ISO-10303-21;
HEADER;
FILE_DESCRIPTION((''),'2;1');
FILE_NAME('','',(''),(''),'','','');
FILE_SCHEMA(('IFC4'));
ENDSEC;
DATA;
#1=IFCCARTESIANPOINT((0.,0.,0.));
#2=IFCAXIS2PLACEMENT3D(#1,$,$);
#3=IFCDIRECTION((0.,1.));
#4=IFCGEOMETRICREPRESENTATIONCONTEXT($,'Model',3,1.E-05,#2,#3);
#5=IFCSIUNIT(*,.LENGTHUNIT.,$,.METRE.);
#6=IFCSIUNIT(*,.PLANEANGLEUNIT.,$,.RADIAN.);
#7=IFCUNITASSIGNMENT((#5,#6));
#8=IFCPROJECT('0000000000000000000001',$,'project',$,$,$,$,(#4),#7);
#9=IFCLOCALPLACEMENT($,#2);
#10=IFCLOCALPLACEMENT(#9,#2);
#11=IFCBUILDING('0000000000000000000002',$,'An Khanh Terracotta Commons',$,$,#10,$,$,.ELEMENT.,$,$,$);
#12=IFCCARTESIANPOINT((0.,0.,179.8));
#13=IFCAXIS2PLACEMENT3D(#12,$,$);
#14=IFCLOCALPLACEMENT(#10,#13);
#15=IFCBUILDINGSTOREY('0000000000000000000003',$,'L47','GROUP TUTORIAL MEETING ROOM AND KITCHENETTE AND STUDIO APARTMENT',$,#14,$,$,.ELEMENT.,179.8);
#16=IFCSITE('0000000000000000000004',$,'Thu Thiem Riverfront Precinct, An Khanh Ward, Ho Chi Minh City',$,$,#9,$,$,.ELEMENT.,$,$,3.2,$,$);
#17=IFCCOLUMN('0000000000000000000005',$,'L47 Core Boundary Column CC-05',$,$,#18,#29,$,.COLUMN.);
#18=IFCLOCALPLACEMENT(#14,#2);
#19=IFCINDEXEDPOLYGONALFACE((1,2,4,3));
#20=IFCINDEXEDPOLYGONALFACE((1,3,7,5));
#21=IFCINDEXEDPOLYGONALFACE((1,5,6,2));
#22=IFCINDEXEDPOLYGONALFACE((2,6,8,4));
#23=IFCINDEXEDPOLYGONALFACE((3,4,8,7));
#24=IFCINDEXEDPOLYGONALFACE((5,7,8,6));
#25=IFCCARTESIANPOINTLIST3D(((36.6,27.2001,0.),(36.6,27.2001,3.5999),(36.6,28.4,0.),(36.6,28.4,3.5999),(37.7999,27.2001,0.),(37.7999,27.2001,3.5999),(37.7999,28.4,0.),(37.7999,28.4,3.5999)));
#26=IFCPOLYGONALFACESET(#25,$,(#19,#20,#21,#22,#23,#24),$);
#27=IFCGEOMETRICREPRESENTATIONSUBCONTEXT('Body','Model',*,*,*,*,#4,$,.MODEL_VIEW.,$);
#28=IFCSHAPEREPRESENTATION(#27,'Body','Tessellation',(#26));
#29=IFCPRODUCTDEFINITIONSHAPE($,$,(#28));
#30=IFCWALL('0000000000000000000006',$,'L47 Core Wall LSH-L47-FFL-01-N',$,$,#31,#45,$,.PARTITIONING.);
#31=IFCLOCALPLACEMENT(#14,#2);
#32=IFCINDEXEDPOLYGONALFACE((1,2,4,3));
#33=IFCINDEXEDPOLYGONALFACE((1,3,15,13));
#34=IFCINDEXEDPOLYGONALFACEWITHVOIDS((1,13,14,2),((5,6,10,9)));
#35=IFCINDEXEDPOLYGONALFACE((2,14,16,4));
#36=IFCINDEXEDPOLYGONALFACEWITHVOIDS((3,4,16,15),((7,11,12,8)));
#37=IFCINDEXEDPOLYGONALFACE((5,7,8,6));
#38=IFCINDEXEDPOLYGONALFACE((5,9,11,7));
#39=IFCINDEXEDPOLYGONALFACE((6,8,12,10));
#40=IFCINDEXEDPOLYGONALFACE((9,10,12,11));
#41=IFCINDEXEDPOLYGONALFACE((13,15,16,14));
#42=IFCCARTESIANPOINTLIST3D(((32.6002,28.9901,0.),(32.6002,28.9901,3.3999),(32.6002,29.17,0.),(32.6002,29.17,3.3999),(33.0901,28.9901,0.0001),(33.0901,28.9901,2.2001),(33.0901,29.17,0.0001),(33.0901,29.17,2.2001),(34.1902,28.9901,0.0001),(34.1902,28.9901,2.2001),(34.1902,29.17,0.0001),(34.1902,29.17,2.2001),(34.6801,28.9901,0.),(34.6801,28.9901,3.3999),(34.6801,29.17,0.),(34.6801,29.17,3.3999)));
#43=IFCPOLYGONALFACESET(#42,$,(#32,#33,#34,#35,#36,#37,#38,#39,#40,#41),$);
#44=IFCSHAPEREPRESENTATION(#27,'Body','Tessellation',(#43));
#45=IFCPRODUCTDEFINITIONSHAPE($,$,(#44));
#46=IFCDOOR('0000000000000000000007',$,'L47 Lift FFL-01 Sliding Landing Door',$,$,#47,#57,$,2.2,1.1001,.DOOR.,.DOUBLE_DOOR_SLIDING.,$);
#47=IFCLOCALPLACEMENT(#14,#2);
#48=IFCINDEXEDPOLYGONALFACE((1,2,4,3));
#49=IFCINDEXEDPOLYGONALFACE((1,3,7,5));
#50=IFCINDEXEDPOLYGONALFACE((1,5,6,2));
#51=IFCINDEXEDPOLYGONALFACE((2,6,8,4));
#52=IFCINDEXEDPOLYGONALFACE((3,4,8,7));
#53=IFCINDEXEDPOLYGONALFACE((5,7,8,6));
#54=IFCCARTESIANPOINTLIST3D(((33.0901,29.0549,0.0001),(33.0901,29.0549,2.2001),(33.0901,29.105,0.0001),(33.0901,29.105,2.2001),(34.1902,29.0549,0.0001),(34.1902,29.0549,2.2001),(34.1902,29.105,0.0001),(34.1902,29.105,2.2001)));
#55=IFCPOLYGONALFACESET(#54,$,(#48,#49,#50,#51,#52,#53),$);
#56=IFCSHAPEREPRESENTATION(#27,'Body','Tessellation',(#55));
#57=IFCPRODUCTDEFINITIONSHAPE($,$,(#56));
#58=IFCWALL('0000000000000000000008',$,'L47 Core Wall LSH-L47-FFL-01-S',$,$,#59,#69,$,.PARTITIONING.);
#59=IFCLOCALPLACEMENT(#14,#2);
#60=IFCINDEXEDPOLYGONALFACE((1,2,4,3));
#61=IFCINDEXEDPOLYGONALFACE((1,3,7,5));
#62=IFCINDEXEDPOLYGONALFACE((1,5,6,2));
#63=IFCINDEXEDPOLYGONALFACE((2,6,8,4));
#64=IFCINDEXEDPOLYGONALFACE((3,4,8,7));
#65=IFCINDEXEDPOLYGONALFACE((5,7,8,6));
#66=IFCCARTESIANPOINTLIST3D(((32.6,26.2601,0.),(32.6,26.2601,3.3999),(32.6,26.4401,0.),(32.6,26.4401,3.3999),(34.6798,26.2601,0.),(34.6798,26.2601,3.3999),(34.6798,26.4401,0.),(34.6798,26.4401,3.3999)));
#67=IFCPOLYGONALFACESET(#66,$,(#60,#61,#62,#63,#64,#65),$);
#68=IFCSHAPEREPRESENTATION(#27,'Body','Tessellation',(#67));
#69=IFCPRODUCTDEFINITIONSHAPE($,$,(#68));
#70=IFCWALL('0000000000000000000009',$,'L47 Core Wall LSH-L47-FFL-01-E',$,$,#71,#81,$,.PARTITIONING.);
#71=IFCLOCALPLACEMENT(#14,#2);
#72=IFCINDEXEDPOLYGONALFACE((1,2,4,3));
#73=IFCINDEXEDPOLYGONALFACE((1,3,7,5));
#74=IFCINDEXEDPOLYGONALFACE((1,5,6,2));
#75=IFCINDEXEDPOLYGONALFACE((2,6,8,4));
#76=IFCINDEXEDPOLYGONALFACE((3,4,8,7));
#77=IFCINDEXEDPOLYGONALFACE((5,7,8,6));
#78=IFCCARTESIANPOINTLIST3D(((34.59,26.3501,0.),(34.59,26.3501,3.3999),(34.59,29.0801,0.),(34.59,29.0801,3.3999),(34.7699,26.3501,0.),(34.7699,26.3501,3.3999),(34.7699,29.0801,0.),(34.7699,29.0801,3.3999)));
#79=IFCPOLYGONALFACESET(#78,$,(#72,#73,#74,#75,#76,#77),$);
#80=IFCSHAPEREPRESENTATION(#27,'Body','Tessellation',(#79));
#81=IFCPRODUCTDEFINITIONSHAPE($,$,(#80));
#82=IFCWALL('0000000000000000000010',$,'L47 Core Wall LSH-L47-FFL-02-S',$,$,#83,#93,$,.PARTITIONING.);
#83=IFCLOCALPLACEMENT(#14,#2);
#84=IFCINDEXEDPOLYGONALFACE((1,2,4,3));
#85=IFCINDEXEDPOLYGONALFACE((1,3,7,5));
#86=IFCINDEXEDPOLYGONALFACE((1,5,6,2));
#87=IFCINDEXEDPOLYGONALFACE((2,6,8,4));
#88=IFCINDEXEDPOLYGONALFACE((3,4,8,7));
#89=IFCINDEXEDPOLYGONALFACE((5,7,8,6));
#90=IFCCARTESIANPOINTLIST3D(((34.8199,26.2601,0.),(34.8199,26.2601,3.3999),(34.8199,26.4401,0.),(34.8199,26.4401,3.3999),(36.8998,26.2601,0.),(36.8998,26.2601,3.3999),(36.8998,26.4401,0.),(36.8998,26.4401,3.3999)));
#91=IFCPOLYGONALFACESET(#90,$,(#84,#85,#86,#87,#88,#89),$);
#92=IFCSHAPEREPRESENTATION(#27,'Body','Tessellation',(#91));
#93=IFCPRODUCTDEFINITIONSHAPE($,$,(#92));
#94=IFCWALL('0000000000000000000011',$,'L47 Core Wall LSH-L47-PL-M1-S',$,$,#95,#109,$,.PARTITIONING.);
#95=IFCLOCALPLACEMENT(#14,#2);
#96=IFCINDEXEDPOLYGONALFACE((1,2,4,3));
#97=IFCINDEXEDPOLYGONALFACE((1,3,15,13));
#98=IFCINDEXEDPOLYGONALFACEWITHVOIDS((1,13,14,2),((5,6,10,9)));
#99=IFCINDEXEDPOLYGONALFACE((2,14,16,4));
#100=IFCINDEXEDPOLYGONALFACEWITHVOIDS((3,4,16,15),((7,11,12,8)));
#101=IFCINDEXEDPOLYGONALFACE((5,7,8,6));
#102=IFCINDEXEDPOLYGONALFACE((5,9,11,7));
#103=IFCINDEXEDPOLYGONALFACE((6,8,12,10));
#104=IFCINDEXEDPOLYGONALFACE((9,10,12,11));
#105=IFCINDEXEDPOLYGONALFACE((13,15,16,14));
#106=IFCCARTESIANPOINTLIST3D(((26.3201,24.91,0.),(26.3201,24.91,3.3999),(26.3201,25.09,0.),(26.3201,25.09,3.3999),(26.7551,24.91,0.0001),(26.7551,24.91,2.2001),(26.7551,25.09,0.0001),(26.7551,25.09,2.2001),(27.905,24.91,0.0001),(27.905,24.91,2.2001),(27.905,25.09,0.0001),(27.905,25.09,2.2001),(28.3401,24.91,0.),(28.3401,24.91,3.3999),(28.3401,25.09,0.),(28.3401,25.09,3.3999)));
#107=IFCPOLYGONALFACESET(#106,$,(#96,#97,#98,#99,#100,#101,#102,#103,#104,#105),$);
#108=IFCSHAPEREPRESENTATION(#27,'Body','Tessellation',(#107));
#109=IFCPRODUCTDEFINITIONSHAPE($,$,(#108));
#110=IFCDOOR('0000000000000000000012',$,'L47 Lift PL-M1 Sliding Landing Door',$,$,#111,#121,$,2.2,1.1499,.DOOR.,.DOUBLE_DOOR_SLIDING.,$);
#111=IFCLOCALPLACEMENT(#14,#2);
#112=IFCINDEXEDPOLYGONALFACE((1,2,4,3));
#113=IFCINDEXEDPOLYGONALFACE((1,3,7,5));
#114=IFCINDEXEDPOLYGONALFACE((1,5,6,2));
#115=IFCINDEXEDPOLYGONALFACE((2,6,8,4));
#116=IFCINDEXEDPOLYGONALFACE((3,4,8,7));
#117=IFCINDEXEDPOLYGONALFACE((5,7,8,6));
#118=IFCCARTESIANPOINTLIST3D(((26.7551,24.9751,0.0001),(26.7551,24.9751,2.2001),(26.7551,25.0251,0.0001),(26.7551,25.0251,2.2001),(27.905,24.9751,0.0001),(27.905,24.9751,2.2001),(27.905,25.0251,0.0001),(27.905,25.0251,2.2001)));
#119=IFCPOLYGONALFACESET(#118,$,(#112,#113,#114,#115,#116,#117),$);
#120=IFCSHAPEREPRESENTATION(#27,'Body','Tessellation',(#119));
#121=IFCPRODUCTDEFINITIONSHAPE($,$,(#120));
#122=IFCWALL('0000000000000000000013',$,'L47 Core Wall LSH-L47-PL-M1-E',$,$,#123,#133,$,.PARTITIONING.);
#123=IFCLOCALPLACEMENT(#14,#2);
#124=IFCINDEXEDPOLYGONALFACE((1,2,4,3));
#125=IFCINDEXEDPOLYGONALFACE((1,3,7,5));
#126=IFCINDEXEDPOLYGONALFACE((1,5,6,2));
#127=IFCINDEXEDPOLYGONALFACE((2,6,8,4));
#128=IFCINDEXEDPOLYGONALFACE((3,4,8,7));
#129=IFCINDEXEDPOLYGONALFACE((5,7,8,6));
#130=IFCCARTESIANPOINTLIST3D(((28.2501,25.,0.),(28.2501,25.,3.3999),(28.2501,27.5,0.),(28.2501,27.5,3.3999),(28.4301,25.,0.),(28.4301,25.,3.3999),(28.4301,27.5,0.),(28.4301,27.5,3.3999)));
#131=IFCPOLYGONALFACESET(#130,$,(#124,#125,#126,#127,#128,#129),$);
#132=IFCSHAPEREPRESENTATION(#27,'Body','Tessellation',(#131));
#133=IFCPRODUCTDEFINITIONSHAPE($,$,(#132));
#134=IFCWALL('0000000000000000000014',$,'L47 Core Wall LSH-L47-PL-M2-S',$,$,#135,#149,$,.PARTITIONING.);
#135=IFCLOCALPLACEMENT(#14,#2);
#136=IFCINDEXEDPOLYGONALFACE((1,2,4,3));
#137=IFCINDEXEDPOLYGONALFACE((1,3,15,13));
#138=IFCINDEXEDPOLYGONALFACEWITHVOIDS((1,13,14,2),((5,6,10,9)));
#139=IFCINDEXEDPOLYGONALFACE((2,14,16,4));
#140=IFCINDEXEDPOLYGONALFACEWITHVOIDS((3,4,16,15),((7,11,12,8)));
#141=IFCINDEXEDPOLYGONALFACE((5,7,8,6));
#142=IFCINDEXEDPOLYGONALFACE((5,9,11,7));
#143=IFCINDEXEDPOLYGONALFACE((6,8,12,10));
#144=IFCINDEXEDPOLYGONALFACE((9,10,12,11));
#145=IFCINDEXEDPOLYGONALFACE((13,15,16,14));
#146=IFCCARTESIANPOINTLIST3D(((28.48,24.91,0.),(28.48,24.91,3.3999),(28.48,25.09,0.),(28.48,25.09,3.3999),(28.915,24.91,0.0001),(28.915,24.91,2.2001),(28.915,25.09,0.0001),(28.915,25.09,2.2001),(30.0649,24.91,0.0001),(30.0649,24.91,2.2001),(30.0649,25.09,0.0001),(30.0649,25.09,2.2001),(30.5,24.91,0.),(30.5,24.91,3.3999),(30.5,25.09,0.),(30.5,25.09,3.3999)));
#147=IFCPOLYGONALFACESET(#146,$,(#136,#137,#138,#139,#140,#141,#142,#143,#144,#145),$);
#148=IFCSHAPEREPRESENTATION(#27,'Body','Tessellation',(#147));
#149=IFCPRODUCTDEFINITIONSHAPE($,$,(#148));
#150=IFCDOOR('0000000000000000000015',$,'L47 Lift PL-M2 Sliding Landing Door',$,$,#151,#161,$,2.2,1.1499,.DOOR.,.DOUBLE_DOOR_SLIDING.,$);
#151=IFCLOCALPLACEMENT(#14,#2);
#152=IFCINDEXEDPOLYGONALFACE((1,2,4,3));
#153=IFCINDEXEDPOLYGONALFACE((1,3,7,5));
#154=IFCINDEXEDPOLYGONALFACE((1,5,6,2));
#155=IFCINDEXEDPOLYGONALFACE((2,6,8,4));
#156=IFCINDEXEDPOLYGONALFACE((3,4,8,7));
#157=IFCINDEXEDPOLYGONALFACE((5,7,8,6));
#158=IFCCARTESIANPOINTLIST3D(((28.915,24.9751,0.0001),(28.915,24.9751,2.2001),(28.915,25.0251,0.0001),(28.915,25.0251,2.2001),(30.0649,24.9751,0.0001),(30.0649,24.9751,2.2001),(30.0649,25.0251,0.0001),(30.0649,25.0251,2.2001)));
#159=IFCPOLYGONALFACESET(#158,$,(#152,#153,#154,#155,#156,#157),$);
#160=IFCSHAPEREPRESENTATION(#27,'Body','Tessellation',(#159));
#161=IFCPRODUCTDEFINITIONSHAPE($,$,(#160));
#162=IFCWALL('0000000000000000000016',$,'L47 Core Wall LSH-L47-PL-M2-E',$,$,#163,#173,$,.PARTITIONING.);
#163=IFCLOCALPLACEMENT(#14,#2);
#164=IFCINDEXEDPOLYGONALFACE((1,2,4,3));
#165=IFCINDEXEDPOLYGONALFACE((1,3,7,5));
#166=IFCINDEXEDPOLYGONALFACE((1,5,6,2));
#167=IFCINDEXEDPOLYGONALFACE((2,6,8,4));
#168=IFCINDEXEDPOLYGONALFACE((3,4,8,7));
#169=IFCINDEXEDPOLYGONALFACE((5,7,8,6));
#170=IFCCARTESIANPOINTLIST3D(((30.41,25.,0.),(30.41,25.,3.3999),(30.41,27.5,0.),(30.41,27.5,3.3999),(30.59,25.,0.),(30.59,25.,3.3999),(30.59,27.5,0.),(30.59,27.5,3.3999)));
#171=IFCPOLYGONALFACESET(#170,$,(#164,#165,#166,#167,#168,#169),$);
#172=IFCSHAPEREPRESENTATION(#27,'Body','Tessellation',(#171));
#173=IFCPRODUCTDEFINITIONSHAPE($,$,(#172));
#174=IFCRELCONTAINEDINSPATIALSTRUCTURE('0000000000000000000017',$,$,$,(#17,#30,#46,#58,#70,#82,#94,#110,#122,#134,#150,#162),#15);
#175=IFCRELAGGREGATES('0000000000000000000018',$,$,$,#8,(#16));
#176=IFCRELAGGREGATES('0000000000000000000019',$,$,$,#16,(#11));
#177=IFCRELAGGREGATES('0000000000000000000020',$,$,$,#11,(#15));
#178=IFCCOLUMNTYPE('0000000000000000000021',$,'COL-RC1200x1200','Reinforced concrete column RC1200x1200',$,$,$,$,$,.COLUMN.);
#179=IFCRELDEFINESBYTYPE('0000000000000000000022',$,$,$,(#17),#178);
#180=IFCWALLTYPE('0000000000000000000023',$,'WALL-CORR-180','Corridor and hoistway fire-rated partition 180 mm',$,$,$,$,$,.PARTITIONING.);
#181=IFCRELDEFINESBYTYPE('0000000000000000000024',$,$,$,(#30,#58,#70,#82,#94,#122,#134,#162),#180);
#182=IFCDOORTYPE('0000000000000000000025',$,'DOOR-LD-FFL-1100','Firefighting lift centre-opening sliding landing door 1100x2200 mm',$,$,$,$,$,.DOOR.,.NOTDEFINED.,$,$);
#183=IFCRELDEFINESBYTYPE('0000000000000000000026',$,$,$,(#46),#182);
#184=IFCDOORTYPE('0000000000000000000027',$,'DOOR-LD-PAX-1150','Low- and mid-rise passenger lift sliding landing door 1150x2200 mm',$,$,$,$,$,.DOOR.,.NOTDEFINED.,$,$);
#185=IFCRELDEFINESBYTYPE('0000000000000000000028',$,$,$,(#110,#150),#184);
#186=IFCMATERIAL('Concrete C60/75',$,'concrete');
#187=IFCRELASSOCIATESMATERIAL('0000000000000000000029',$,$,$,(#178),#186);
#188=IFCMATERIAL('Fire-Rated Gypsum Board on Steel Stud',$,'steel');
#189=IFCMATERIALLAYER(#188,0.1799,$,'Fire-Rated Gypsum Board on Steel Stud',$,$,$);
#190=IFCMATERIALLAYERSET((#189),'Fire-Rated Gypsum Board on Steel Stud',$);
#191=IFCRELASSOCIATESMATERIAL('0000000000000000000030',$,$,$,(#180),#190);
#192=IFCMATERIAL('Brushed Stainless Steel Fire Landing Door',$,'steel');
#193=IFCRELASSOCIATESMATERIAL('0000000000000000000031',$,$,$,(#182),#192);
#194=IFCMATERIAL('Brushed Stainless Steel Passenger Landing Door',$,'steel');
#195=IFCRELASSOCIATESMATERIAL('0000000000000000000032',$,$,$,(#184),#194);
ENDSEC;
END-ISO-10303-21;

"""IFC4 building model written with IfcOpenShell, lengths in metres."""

from ifc_helpers import new_model, si_unit, direction, frame, frame_2d, origin, origin_2d, place, context, subcontext, project, spatial, rectangle, extrude, material, layer, layer_set, material_profile, profile_set, type_object, element, fill, save


model = new_model("IFC4")

# Units and contexts
model_context = context("Model", 3, precision=1e-05, world=origin(), true_north=direction((0.0, 1.0)))
body_context = subcontext(model_context, "Body", "Model", "MODEL_VIEW")
ifc_project = project(units=[si_unit("LENGTHUNIT", "METRE"), si_unit("PLANEANGLEUNIT", "RADIAN")], contexts=[model_context])

# Site, building, storey
site_placement = place(None, origin())
site = spatial("IfcSite", under=ifc_project, at=site_placement, Name="Thu Thiem Riverfront Precinct, An Khanh Ward, Ho Chi Minh City", CompositionType="ELEMENT", RefElevation=3.2)
building_placement = place(site_placement, origin())
building = spatial("IfcBuilding", under=site, at=building_placement, Name="An Khanh Terracotta Commons", CompositionType="ELEMENT")
storey_placement = place(building_placement, frame((0.0, 0.0, 179.8)))
storey = spatial("IfcBuildingStorey", under=building, at=storey_placement, Name="L47", Description="GROUP TUTORIAL MEETING ROOM AND KITCHENETTE AND STUDIO APARTMENT", CompositionType="ELEMENT", Elevation=179.8)

# Column
ifc_material_1 = material(Name="Concrete C60/75", Category="concrete")
ifc_material_profile = material_profile(ifc_material_1, rectangle(XDim=1.2, YDim=1.2, at=origin_2d()), Name="RC1200x1200")
ifc_profile_set = profile_set([ifc_material_profile], Name="Concrete C60/75")
column_type = type_object("IfcColumnType", Name="COL-RC1200x1200", Description="Reinforced concrete column RC1200x1200", PredefinedType="COLUMN", material=ifc_profile_set)
column_placement = place(storey_placement, frame((37.2, 27.8, 0.0), z_axis=(0.0, 0.0, 1.0), x_axis=(1.0, 0.0, 0.0)))
element("IfcColumn", 1, at=column_placement, inside=storey, type_object=column_type, Name="L47 Core Boundary Column CC-05", PredefinedType="COLUMN", context=body_context, shape_type="SweptSolid", body=[
    extrude(rectangle(XDim=1.2, YDim=1.2, at=origin_2d()), origin(), (0.0, 0.0, 1.0), 3.5999),
])

# Wall, opening, door
ifc_material_2 = material(Name="Fire-Rated Gypsum Board on Steel Stud", Category="steel")
ifc_layer = layer(ifc_material_2, 0.1799, Name="Fire-Rated Gypsum Board on Steel Stud")
ifc_layer_set = layer_set([ifc_layer], Name="Fire-Rated Gypsum Board on Steel Stud")
wall_type = type_object("IfcWallType", Name="WALL-CORR-180", Description="Corridor and hoistway fire-rated partition 180 mm", PredefinedType="PARTITIONING", material=ifc_layer_set)
wall_1_placement = place(storey_placement, frame((32.6001, 29.0801, 0.0), z_axis=(0.0, 0.0, 1.0), x_axis=(1.0, 0.0, 0.0)))
wall_1 = element("IfcWall", 2, at=wall_1_placement, inside=storey, type_object=wall_type, Name="L47 Core Wall LSH-L47-FFL-01-N", PredefinedType="PARTITIONING", context=body_context, shape_type="SweptSolid", body=[
    extrude(rectangle(XDim=2.0798, YDim=0.1799, at=frame_2d((1.04, 0.0))), origin(), (0.0, 0.0, 1.0), 3.3999),
])
opening_1_placement = place(wall_1_placement, frame((0.49, 0.0, 0.0)))
opening_1 = element("IfcOpeningElement", 3, at=opening_1_placement, cuts=wall_1, PredefinedType="OPENING", context=body_context, shape_type="SweptSolid", body=[
    extrude(rectangle(XDim=1.1001, YDim=2.2, at=frame_2d((0.55, 1.1001))), frame((0.0, 0.0999, 0.0), z_axis=(0.0, -1.0, 0.0), x_axis=(1.0, 0.0, 0.0)), (0.0, 0.0, 1.0), 0.2),
])
ifc_material_3 = material(Name="Brushed Stainless Steel Fire Landing Door", Category="steel")
door_type_1 = type_object("IfcDoorType", Name="DOOR-LD-FFL-1100", Description="Firefighting lift centre-opening sliding landing door 1100x2200 mm", OperationType="NOTDEFINED", PredefinedType="DOOR", material=ifc_material_3)
door_1_placement = place(opening_1_placement, origin())
door_1 = element("IfcDoor", 4, at=door_1_placement, inside=storey, type_object=door_type_1, Name="L47 Lift FFL-01 Sliding Landing Door", OperationType="DOUBLE_DOOR_SLIDING", OverallHeight=2.2, OverallWidth=1.1001, PredefinedType="DOOR", context=body_context, shape_type="SweptSolid", body=[
    extrude(rectangle(XDim=1.1001, YDim=2.2, at=frame_2d((0.55, 1.1001))), frame((0.0, 0.0249, 0.0), z_axis=(0.0, -1.0, 0.0), x_axis=(1.0, 0.0, 0.0)), (0.0, 0.0, 1.0), 0.05),
])
fill(opening_1, door_1)

# Walls
wall_2_placement = place(storey_placement, frame((34.6799, 26.3501, 0.0), z_axis=(0.0, 0.0, 1.0), x_axis=(-1.0, 0.0, 0.0)))
element("IfcWall", 5, at=wall_2_placement, inside=storey, type_object=wall_type, Name="L47 Core Wall LSH-L47-FFL-01-S", PredefinedType="PARTITIONING", context=body_context, shape_type="SweptSolid", body=[
    extrude(rectangle(XDim=2.0798, YDim=0.1799, at=frame_2d((1.04, 0.0))), origin(), (0.0, 0.0, 1.0), 3.3999),
])
wall_3_placement = place(storey_placement, frame((34.6799, 26.3501, 0.0), z_axis=(0.0, 0.0, 1.0), x_axis=(0.0, 1.0, 0.0)))
element("IfcWall", 6, at=wall_3_placement, inside=storey, type_object=wall_type, Name="L47 Core Wall LSH-L47-FFL-01-E", PredefinedType="PARTITIONING", context=body_context, shape_type="SweptSolid", body=[
    extrude(rectangle(XDim=2.73, YDim=0.1799, at=frame_2d((1.365, 0.0))), origin(), (0.0, 0.0, 1.0), 3.3999),
])
wall_4_placement = place(storey_placement, frame((36.8999, 26.3501, 0.0), z_axis=(0.0, 0.0, 1.0), x_axis=(-1.0, 0.0, 0.0)))
element("IfcWall", 7, at=wall_4_placement, inside=storey, type_object=wall_type, Name="L47 Core Wall LSH-L47-FFL-02-S", PredefinedType="PARTITIONING", context=body_context, shape_type="SweptSolid", body=[
    extrude(rectangle(XDim=2.0798, YDim=0.1799, at=frame_2d((1.04, 0.0))), origin(), (0.0, 0.0, 1.0), 3.3999),
])

# Wall, opening, door
wall_5_placement = place(storey_placement, frame((28.3401, 25.0, 0.0), z_axis=(0.0, 0.0, 1.0), x_axis=(-1.0, 0.0, 0.0)))
wall_5 = element("IfcWall", 8, at=wall_5_placement, inside=storey, type_object=wall_type, Name="L47 Core Wall LSH-L47-PL-M1-S", PredefinedType="PARTITIONING", context=body_context, shape_type="SweptSolid", body=[
    extrude(rectangle(XDim=2.02, YDim=0.1799, at=frame_2d((1.01, 0.0))), origin(), (0.0, 0.0, 1.0), 3.3999),
])
opening_2_placement = place(wall_5_placement, frame((0.4351, 0.0, 0.0)))
opening_2 = element("IfcOpeningElement", 9, at=opening_2_placement, cuts=wall_5, PredefinedType="OPENING", context=body_context, shape_type="SweptSolid", body=[
    extrude(rectangle(XDim=1.1499, YDim=2.2, at=frame_2d((0.575, 1.1001))), frame((0.0, 0.0999, 0.0), z_axis=(0.0, -1.0, 0.0), x_axis=(1.0, 0.0, 0.0)), (0.0, 0.0, 1.0), 0.2),
])
ifc_material_4 = material(Name="Brushed Stainless Steel Passenger Landing Door", Category="steel")
door_type_2 = type_object("IfcDoorType", Name="DOOR-LD-PAX-1150", Description="Low- and mid-rise passenger lift sliding landing door 1150x2200 mm", OperationType="NOTDEFINED", PredefinedType="DOOR", material=ifc_material_4)
door_2_placement = place(opening_2_placement, origin())
door_2 = element("IfcDoor", 10, at=door_2_placement, inside=storey, type_object=door_type_2, Name="L47 Lift PL-M1 Sliding Landing Door", OperationType="DOUBLE_DOOR_SLIDING", OverallHeight=2.2, OverallWidth=1.1499, PredefinedType="DOOR", context=body_context, shape_type="SweptSolid", body=[
    extrude(rectangle(XDim=1.1499, YDim=2.2, at=frame_2d((0.575, 1.1001))), frame((0.0, 0.0249, 0.0), z_axis=(0.0, -1.0, 0.0), x_axis=(1.0, 0.0, 0.0)), (0.0, 0.0, 1.0), 0.05),
])
fill(opening_2, door_2)

# Wall
wall_6_placement = place(storey_placement, frame((28.3401, 25.0, 0.0), z_axis=(0.0, 0.0, 1.0), x_axis=(0.0, 1.0, 0.0)))
element("IfcWall", 11, at=wall_6_placement, inside=storey, type_object=wall_type, Name="L47 Core Wall LSH-L47-PL-M1-E", PredefinedType="PARTITIONING", context=body_context, shape_type="SweptSolid", body=[
    extrude(rectangle(XDim=2.5, YDim=0.1799, at=frame_2d((1.25, 0.0))), origin(), (0.0, 0.0, 1.0), 3.3999),
])

# Wall, opening, door
wall_7_placement = place(storey_placement, frame((30.5, 25.0, 0.0), z_axis=(0.0, 0.0, 1.0), x_axis=(-1.0, 0.0, 0.0)))
wall_7 = element("IfcWall", 12, at=wall_7_placement, inside=storey, type_object=wall_type, Name="L47 Core Wall LSH-L47-PL-M2-S", PredefinedType="PARTITIONING", context=body_context, shape_type="SweptSolid", body=[
    extrude(rectangle(XDim=2.02, YDim=0.1799, at=frame_2d((1.01, 0.0))), origin(), (0.0, 0.0, 1.0), 3.3999),
])
opening_3_placement = place(wall_7_placement, frame((0.4351, 0.0, 0.0)))
opening_3 = element("IfcOpeningElement", 13, at=opening_3_placement, cuts=wall_7, PredefinedType="OPENING", context=body_context, shape_type="SweptSolid", body=[
    extrude(rectangle(XDim=1.1499, YDim=2.2, at=frame_2d((0.575, 1.1001))), frame((0.0, 0.0999, 0.0), z_axis=(0.0, -1.0, 0.0), x_axis=(1.0, 0.0, 0.0)), (0.0, 0.0, 1.0), 0.2),
])
door_3_placement = place(opening_3_placement, origin())
door_3 = element("IfcDoor", 14, at=door_3_placement, inside=storey, type_object=door_type_2, Name="L47 Lift PL-M2 Sliding Landing Door", OperationType="DOUBLE_DOOR_SLIDING", OverallHeight=2.2, OverallWidth=1.1499, PredefinedType="DOOR", context=body_context, shape_type="SweptSolid", body=[
    extrude(rectangle(XDim=1.1499, YDim=2.2, at=frame_2d((0.575, 1.1001))), frame((0.0, 0.0249, 0.0), z_axis=(0.0, -1.0, 0.0), x_axis=(1.0, 0.0, 0.0)), (0.0, 0.0, 1.0), 0.05),
])
fill(opening_3, door_3)

# Wall
wall_8_placement = place(storey_placement, frame((30.5, 25.0, 0.0), z_axis=(0.0, 0.0, 1.0), x_axis=(0.0, 1.0, 0.0)))
element("IfcWall", 15, at=wall_8_placement, inside=storey, type_object=wall_type, Name="L47 Core Wall LSH-L47-PL-M2-E", PredefinedType="PARTITIONING", context=body_context, shape_type="SweptSolid", body=[
    extrude(rectangle(XDim=2.5, YDim=0.1799, at=frame_2d((1.25, 0.0))), origin(), (0.0, 0.0, 1.0), 3.3999),
])

save(model, "model.ifc")
